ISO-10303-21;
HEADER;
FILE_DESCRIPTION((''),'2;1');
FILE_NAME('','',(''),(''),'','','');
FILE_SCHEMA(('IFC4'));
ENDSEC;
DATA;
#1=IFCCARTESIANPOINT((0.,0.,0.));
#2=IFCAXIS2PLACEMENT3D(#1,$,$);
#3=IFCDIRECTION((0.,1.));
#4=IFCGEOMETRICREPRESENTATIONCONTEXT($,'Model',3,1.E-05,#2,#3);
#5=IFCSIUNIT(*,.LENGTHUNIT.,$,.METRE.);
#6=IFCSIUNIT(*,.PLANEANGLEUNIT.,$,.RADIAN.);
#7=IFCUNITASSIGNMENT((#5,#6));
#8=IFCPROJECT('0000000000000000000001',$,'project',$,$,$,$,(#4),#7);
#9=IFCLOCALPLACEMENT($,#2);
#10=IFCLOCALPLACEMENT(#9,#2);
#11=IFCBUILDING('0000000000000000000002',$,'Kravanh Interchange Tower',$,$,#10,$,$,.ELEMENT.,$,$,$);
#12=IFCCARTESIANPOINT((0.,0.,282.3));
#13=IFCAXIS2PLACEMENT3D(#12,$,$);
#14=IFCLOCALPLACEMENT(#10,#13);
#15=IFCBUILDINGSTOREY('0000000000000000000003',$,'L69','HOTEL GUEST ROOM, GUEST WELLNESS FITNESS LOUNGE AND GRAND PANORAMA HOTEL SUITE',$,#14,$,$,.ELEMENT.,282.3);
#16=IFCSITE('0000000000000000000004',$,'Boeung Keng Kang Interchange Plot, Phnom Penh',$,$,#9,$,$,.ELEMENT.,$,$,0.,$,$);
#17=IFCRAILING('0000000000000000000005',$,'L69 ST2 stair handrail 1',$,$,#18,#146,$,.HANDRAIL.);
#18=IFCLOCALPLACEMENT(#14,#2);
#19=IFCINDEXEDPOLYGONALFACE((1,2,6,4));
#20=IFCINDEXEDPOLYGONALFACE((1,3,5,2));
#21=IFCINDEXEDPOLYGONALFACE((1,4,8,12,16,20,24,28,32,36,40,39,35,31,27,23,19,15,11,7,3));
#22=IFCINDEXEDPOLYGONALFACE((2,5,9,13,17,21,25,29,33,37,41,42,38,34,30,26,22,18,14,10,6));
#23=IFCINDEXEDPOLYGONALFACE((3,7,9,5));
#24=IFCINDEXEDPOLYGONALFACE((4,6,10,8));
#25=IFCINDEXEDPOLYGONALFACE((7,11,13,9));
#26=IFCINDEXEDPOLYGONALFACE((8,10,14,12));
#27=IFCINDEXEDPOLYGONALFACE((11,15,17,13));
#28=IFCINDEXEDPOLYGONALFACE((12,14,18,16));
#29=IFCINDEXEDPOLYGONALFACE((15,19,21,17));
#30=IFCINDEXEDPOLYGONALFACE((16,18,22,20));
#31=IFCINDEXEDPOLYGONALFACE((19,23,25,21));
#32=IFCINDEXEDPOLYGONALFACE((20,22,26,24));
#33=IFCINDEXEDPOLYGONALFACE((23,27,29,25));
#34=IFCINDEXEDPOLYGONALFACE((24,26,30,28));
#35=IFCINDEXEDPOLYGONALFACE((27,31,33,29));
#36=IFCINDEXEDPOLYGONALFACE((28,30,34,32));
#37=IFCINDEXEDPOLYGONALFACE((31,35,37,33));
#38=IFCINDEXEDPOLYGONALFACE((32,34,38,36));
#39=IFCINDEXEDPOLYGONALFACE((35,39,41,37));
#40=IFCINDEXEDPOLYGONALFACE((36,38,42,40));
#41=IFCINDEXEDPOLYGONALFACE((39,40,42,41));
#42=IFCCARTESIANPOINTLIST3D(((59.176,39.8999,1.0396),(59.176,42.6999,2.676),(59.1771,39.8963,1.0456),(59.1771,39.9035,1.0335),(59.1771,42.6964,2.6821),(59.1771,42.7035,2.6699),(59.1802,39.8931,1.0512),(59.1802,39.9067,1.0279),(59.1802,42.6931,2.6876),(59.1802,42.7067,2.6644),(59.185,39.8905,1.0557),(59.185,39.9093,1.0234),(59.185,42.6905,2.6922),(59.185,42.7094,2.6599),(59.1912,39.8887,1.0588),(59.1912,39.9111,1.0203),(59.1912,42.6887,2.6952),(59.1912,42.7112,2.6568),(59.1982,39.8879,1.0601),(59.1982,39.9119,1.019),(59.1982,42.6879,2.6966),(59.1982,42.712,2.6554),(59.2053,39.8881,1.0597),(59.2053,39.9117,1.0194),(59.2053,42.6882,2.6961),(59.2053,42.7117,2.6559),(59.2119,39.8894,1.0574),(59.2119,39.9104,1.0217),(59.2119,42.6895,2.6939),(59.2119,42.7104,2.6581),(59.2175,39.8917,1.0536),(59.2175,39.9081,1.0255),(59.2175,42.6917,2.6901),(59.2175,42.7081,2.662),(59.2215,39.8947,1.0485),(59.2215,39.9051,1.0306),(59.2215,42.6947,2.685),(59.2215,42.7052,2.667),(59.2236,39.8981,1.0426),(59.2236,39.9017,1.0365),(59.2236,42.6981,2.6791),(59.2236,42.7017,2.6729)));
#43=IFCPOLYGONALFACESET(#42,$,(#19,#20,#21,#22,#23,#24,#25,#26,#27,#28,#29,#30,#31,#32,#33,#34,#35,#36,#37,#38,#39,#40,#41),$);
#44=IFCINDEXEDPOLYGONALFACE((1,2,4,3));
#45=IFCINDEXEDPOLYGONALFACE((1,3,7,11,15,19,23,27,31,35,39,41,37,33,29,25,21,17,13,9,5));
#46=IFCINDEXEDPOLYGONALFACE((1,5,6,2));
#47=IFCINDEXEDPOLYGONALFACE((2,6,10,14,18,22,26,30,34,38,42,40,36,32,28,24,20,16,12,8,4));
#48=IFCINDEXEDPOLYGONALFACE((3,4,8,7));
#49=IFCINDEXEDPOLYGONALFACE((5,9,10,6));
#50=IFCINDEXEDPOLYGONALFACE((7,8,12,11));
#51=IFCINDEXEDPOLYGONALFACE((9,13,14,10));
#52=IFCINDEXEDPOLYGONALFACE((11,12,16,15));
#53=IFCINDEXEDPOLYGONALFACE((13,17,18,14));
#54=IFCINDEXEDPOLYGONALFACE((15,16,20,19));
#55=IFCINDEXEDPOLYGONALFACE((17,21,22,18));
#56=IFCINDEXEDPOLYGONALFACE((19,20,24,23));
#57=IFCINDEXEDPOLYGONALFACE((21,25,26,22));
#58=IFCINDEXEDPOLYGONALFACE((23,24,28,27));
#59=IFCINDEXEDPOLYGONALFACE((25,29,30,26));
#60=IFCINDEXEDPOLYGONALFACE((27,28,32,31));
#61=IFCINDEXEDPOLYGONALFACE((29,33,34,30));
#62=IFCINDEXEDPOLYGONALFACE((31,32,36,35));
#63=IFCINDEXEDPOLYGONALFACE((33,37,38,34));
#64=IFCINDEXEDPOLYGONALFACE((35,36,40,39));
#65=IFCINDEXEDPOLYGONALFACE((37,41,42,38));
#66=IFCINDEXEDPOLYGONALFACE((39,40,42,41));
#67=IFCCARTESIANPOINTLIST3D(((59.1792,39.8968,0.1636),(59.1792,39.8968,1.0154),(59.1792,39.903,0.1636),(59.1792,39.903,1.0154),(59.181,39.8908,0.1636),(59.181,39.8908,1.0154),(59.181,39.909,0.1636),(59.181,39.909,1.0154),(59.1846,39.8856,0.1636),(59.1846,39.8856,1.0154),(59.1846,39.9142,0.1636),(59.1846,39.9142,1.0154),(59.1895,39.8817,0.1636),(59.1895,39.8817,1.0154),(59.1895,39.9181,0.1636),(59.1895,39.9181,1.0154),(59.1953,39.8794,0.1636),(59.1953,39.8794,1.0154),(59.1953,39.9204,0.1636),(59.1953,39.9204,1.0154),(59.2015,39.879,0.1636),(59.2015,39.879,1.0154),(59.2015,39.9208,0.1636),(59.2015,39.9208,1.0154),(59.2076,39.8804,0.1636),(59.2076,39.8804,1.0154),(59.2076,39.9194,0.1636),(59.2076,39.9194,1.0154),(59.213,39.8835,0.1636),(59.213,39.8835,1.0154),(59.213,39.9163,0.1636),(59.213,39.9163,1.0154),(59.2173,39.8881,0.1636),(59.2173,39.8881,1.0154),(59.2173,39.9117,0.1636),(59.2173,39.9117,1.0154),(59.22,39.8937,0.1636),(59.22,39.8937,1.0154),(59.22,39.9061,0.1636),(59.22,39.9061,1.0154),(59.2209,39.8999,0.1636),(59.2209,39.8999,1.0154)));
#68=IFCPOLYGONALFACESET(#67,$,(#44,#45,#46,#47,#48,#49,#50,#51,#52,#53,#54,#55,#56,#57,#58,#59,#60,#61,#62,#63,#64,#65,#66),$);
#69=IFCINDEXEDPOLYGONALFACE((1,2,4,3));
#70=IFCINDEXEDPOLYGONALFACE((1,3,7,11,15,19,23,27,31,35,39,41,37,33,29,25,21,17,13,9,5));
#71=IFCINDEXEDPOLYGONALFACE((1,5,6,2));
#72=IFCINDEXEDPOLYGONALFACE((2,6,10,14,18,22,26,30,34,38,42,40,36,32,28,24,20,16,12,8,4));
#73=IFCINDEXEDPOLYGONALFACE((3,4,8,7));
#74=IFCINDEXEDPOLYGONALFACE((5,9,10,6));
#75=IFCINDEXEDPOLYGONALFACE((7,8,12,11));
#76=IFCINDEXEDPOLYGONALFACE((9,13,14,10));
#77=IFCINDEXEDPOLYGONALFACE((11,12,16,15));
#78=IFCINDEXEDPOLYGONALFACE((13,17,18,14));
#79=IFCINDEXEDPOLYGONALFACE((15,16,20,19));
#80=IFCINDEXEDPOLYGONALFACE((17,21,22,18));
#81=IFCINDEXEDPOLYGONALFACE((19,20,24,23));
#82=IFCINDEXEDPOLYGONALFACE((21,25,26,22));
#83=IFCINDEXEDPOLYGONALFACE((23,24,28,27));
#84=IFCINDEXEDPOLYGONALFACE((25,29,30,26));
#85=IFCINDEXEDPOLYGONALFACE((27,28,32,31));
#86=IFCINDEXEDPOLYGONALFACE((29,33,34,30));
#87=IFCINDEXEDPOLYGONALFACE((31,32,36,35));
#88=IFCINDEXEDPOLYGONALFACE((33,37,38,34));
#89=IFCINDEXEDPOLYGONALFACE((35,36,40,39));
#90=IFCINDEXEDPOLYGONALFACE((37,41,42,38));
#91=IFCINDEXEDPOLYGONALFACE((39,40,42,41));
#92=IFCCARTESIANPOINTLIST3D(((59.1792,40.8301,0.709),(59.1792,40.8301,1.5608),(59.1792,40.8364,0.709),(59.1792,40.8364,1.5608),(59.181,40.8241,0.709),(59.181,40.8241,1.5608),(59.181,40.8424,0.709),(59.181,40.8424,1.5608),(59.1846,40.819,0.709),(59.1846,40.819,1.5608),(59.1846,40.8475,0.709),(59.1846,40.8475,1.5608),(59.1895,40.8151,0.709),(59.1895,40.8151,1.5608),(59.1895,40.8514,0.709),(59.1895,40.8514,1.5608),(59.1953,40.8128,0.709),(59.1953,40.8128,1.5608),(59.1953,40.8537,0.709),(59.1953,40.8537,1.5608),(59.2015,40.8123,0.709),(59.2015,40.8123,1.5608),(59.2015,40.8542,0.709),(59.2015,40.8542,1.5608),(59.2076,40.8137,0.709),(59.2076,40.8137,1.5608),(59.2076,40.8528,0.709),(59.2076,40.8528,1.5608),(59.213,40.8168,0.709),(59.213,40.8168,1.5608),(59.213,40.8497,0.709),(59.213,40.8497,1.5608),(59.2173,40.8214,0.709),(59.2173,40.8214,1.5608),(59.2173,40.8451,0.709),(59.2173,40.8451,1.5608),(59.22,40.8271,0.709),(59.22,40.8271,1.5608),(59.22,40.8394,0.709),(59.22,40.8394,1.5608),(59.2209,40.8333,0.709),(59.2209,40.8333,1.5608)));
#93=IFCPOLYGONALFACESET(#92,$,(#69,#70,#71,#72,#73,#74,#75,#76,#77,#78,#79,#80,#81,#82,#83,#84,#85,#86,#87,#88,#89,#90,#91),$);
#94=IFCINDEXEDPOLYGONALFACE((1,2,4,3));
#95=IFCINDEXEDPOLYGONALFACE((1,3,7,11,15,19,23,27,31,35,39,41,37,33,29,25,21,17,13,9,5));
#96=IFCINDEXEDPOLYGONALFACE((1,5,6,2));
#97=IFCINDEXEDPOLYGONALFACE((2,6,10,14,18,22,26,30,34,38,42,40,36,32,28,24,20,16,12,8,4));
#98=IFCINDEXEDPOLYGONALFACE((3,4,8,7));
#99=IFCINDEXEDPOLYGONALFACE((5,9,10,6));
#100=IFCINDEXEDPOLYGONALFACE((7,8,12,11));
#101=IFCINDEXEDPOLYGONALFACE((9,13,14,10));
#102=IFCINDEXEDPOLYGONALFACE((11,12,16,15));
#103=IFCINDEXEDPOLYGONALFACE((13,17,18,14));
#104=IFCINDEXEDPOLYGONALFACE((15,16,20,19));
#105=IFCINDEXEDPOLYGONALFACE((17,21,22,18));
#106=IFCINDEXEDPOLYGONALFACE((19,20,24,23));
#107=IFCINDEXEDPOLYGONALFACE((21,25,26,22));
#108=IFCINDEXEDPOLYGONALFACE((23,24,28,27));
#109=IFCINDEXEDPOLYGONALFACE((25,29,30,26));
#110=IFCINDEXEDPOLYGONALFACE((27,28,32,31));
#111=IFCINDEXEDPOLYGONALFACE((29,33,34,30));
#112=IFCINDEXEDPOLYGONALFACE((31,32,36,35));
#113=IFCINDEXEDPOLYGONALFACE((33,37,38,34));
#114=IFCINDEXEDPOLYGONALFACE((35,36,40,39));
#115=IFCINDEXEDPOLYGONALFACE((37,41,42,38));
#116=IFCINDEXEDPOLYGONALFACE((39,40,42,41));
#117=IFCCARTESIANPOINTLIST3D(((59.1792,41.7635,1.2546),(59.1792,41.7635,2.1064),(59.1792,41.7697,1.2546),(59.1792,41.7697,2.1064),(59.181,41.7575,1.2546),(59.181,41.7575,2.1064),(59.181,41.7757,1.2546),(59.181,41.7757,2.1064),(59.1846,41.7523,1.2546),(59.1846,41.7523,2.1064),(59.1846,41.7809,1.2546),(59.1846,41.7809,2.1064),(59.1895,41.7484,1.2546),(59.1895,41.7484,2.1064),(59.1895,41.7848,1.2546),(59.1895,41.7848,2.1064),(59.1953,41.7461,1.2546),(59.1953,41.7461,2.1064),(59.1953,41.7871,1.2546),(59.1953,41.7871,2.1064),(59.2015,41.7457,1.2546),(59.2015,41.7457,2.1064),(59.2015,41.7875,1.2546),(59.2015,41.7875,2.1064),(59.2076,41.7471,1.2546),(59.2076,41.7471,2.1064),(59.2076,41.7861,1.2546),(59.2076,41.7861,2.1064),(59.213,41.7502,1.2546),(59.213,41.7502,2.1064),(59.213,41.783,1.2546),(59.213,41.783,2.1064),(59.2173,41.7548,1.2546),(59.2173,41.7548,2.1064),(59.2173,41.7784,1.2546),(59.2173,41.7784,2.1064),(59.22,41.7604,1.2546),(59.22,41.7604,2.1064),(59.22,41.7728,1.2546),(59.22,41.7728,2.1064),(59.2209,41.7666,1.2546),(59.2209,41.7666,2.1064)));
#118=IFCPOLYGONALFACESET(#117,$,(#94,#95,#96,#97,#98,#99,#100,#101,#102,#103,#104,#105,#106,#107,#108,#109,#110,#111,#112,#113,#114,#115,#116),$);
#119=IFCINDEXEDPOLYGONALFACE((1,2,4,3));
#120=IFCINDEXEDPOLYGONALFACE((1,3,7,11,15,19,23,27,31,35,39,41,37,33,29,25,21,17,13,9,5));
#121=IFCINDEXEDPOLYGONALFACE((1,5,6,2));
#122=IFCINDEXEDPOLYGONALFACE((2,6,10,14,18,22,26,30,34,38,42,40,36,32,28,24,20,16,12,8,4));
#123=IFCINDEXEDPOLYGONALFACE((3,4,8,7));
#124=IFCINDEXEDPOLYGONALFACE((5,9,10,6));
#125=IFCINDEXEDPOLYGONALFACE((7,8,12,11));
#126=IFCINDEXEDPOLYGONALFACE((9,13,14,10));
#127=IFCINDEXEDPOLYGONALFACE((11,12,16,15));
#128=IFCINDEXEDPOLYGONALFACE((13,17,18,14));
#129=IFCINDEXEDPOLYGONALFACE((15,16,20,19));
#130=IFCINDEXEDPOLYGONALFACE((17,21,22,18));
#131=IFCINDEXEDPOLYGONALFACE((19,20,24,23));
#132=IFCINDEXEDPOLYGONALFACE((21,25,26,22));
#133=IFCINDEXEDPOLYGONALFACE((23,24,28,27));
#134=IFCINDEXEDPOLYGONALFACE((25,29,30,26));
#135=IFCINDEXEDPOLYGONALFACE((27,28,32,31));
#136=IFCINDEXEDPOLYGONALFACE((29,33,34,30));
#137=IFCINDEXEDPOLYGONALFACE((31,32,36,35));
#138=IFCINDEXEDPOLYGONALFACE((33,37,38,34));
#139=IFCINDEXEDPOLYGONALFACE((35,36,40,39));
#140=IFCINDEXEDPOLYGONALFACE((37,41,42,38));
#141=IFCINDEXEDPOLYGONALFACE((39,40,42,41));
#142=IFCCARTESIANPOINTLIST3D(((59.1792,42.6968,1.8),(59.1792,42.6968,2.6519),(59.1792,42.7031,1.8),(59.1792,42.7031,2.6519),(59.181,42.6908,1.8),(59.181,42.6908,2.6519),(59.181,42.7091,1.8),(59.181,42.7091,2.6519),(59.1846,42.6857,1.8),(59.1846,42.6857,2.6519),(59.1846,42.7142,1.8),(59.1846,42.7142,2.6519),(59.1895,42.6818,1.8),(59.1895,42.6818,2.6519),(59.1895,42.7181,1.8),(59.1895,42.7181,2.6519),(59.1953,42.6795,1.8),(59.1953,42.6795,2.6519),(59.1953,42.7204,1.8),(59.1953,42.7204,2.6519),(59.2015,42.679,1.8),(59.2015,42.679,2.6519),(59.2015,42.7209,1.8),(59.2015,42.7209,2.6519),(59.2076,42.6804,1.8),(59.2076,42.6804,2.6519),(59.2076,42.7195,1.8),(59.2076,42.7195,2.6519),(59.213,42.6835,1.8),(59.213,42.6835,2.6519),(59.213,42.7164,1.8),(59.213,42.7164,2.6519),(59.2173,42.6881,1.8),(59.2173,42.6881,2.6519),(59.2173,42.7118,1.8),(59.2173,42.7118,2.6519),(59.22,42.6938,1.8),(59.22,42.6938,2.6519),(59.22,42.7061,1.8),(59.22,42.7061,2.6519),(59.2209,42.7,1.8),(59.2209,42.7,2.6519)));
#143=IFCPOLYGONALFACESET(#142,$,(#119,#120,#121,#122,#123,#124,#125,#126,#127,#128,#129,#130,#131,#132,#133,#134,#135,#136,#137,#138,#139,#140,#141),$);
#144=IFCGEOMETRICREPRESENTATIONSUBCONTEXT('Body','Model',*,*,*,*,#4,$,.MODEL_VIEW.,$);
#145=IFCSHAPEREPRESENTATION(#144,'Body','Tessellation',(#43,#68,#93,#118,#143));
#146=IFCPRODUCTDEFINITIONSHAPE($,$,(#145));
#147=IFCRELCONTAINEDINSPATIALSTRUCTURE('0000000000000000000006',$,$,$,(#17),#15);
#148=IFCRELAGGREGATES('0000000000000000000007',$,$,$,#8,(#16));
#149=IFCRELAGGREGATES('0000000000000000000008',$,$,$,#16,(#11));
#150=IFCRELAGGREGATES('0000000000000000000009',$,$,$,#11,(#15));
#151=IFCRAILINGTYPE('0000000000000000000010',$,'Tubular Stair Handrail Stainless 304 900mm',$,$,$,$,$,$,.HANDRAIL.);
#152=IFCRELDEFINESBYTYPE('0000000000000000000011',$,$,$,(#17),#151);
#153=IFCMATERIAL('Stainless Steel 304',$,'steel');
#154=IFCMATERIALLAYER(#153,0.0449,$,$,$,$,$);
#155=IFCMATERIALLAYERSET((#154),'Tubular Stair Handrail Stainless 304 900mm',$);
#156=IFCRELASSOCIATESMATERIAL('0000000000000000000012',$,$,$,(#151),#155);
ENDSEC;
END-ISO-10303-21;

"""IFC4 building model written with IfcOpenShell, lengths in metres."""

from ifc_helpers import new_model, si_unit, direction, frame, origin, origin_2d, place, context, subcontext, project, spatial, circle, extrude, material, layer, layer_set, type_object, element, save


model = new_model("IFC4")

# Units and contexts
model_context = context("Model", 3, precision=1e-05, world=origin(), true_north=direction((0.0, 1.0)))
body_context = subcontext(model_context, "Body", "Model", "MODEL_VIEW")
ifc_project = project(units=[si_unit("LENGTHUNIT", "METRE"), si_unit("PLANEANGLEUNIT", "RADIAN")], contexts=[model_context])

# Site, building, storey
site_placement = place(None, origin())
site = spatial("IfcSite", under=ifc_project, at=site_placement, Name="Boeung Keng Kang Interchange Plot, Phnom Penh", CompositionType="ELEMENT", RefElevation=0.0)
building_placement = place(site_placement, origin())
building = spatial("IfcBuilding", under=site, at=building_placement, Name="Kravanh Interchange Tower", CompositionType="ELEMENT")
storey_placement = place(building_placement, frame((0.0, 0.0, 282.3)))
storey = spatial("IfcBuildingStorey", under=building, at=storey_placement, Name="L69", Description="HOTEL GUEST ROOM, GUEST WELLNESS FITNESS LOUNGE AND GRAND PANORAMA HOTEL SUITE", CompositionType="ELEMENT", Elevation=282.3)

# Railing
ifc_material_1 = material(Name="Stainless Steel 304", Category="steel")
ifc_layer_1 = layer(ifc_material_1, 0.0449)
ifc_layer_set_1 = layer_set([ifc_layer_1], Name="Tubular Stair Handrail Stainless 304 900mm")
railing_type_1 = type_object("IfcRailingType", Name="Tubular Stair Handrail Stainless 304 900mm", PredefinedType="HANDRAIL", material=ifc_layer_set_1)
railing_1_placement = place(storey_placement, frame((59.2, 39.8999, 0.1636)))
element("IfcRailing", 1, at=railing_1_placement, inside=storey, type_object=railing_type_1, Name="L69 ST2 stair handrail 1", PredefinedType="HANDRAIL", context=body_context, shape_type="SweptSolid", body=[
    extrude(circle(Radius=0.0239, at=origin_2d()), frame((0.0, 0.0, 0.876), z_axis=(0.0, 0.863361, 0.504587), x_axis=(-1.0, 0.0, 0.0)), (0.0, 0.0, 1.0), 3.2432),
    extrude(circle(Radius=0.021, at=origin_2d()), origin(), (0.0, 0.0, 1.0), 0.8518),
    extrude(circle(Radius=0.021, at=origin_2d()), frame((0.0, 0.9333, 0.5454)), (0.0, 0.0, 1.0), 0.8518),
    extrude(circle(Radius=0.021, at=origin_2d()), frame((0.0, 1.8667, 1.0911)), (0.0, 0.0, 1.0), 0.8518),
    extrude(circle(Radius=0.021, at=origin_2d()), frame((0.0, 2.8, 1.6365)), (0.0, 0.0, 1.0), 0.8518),
])

save(model, "model.ifc")
